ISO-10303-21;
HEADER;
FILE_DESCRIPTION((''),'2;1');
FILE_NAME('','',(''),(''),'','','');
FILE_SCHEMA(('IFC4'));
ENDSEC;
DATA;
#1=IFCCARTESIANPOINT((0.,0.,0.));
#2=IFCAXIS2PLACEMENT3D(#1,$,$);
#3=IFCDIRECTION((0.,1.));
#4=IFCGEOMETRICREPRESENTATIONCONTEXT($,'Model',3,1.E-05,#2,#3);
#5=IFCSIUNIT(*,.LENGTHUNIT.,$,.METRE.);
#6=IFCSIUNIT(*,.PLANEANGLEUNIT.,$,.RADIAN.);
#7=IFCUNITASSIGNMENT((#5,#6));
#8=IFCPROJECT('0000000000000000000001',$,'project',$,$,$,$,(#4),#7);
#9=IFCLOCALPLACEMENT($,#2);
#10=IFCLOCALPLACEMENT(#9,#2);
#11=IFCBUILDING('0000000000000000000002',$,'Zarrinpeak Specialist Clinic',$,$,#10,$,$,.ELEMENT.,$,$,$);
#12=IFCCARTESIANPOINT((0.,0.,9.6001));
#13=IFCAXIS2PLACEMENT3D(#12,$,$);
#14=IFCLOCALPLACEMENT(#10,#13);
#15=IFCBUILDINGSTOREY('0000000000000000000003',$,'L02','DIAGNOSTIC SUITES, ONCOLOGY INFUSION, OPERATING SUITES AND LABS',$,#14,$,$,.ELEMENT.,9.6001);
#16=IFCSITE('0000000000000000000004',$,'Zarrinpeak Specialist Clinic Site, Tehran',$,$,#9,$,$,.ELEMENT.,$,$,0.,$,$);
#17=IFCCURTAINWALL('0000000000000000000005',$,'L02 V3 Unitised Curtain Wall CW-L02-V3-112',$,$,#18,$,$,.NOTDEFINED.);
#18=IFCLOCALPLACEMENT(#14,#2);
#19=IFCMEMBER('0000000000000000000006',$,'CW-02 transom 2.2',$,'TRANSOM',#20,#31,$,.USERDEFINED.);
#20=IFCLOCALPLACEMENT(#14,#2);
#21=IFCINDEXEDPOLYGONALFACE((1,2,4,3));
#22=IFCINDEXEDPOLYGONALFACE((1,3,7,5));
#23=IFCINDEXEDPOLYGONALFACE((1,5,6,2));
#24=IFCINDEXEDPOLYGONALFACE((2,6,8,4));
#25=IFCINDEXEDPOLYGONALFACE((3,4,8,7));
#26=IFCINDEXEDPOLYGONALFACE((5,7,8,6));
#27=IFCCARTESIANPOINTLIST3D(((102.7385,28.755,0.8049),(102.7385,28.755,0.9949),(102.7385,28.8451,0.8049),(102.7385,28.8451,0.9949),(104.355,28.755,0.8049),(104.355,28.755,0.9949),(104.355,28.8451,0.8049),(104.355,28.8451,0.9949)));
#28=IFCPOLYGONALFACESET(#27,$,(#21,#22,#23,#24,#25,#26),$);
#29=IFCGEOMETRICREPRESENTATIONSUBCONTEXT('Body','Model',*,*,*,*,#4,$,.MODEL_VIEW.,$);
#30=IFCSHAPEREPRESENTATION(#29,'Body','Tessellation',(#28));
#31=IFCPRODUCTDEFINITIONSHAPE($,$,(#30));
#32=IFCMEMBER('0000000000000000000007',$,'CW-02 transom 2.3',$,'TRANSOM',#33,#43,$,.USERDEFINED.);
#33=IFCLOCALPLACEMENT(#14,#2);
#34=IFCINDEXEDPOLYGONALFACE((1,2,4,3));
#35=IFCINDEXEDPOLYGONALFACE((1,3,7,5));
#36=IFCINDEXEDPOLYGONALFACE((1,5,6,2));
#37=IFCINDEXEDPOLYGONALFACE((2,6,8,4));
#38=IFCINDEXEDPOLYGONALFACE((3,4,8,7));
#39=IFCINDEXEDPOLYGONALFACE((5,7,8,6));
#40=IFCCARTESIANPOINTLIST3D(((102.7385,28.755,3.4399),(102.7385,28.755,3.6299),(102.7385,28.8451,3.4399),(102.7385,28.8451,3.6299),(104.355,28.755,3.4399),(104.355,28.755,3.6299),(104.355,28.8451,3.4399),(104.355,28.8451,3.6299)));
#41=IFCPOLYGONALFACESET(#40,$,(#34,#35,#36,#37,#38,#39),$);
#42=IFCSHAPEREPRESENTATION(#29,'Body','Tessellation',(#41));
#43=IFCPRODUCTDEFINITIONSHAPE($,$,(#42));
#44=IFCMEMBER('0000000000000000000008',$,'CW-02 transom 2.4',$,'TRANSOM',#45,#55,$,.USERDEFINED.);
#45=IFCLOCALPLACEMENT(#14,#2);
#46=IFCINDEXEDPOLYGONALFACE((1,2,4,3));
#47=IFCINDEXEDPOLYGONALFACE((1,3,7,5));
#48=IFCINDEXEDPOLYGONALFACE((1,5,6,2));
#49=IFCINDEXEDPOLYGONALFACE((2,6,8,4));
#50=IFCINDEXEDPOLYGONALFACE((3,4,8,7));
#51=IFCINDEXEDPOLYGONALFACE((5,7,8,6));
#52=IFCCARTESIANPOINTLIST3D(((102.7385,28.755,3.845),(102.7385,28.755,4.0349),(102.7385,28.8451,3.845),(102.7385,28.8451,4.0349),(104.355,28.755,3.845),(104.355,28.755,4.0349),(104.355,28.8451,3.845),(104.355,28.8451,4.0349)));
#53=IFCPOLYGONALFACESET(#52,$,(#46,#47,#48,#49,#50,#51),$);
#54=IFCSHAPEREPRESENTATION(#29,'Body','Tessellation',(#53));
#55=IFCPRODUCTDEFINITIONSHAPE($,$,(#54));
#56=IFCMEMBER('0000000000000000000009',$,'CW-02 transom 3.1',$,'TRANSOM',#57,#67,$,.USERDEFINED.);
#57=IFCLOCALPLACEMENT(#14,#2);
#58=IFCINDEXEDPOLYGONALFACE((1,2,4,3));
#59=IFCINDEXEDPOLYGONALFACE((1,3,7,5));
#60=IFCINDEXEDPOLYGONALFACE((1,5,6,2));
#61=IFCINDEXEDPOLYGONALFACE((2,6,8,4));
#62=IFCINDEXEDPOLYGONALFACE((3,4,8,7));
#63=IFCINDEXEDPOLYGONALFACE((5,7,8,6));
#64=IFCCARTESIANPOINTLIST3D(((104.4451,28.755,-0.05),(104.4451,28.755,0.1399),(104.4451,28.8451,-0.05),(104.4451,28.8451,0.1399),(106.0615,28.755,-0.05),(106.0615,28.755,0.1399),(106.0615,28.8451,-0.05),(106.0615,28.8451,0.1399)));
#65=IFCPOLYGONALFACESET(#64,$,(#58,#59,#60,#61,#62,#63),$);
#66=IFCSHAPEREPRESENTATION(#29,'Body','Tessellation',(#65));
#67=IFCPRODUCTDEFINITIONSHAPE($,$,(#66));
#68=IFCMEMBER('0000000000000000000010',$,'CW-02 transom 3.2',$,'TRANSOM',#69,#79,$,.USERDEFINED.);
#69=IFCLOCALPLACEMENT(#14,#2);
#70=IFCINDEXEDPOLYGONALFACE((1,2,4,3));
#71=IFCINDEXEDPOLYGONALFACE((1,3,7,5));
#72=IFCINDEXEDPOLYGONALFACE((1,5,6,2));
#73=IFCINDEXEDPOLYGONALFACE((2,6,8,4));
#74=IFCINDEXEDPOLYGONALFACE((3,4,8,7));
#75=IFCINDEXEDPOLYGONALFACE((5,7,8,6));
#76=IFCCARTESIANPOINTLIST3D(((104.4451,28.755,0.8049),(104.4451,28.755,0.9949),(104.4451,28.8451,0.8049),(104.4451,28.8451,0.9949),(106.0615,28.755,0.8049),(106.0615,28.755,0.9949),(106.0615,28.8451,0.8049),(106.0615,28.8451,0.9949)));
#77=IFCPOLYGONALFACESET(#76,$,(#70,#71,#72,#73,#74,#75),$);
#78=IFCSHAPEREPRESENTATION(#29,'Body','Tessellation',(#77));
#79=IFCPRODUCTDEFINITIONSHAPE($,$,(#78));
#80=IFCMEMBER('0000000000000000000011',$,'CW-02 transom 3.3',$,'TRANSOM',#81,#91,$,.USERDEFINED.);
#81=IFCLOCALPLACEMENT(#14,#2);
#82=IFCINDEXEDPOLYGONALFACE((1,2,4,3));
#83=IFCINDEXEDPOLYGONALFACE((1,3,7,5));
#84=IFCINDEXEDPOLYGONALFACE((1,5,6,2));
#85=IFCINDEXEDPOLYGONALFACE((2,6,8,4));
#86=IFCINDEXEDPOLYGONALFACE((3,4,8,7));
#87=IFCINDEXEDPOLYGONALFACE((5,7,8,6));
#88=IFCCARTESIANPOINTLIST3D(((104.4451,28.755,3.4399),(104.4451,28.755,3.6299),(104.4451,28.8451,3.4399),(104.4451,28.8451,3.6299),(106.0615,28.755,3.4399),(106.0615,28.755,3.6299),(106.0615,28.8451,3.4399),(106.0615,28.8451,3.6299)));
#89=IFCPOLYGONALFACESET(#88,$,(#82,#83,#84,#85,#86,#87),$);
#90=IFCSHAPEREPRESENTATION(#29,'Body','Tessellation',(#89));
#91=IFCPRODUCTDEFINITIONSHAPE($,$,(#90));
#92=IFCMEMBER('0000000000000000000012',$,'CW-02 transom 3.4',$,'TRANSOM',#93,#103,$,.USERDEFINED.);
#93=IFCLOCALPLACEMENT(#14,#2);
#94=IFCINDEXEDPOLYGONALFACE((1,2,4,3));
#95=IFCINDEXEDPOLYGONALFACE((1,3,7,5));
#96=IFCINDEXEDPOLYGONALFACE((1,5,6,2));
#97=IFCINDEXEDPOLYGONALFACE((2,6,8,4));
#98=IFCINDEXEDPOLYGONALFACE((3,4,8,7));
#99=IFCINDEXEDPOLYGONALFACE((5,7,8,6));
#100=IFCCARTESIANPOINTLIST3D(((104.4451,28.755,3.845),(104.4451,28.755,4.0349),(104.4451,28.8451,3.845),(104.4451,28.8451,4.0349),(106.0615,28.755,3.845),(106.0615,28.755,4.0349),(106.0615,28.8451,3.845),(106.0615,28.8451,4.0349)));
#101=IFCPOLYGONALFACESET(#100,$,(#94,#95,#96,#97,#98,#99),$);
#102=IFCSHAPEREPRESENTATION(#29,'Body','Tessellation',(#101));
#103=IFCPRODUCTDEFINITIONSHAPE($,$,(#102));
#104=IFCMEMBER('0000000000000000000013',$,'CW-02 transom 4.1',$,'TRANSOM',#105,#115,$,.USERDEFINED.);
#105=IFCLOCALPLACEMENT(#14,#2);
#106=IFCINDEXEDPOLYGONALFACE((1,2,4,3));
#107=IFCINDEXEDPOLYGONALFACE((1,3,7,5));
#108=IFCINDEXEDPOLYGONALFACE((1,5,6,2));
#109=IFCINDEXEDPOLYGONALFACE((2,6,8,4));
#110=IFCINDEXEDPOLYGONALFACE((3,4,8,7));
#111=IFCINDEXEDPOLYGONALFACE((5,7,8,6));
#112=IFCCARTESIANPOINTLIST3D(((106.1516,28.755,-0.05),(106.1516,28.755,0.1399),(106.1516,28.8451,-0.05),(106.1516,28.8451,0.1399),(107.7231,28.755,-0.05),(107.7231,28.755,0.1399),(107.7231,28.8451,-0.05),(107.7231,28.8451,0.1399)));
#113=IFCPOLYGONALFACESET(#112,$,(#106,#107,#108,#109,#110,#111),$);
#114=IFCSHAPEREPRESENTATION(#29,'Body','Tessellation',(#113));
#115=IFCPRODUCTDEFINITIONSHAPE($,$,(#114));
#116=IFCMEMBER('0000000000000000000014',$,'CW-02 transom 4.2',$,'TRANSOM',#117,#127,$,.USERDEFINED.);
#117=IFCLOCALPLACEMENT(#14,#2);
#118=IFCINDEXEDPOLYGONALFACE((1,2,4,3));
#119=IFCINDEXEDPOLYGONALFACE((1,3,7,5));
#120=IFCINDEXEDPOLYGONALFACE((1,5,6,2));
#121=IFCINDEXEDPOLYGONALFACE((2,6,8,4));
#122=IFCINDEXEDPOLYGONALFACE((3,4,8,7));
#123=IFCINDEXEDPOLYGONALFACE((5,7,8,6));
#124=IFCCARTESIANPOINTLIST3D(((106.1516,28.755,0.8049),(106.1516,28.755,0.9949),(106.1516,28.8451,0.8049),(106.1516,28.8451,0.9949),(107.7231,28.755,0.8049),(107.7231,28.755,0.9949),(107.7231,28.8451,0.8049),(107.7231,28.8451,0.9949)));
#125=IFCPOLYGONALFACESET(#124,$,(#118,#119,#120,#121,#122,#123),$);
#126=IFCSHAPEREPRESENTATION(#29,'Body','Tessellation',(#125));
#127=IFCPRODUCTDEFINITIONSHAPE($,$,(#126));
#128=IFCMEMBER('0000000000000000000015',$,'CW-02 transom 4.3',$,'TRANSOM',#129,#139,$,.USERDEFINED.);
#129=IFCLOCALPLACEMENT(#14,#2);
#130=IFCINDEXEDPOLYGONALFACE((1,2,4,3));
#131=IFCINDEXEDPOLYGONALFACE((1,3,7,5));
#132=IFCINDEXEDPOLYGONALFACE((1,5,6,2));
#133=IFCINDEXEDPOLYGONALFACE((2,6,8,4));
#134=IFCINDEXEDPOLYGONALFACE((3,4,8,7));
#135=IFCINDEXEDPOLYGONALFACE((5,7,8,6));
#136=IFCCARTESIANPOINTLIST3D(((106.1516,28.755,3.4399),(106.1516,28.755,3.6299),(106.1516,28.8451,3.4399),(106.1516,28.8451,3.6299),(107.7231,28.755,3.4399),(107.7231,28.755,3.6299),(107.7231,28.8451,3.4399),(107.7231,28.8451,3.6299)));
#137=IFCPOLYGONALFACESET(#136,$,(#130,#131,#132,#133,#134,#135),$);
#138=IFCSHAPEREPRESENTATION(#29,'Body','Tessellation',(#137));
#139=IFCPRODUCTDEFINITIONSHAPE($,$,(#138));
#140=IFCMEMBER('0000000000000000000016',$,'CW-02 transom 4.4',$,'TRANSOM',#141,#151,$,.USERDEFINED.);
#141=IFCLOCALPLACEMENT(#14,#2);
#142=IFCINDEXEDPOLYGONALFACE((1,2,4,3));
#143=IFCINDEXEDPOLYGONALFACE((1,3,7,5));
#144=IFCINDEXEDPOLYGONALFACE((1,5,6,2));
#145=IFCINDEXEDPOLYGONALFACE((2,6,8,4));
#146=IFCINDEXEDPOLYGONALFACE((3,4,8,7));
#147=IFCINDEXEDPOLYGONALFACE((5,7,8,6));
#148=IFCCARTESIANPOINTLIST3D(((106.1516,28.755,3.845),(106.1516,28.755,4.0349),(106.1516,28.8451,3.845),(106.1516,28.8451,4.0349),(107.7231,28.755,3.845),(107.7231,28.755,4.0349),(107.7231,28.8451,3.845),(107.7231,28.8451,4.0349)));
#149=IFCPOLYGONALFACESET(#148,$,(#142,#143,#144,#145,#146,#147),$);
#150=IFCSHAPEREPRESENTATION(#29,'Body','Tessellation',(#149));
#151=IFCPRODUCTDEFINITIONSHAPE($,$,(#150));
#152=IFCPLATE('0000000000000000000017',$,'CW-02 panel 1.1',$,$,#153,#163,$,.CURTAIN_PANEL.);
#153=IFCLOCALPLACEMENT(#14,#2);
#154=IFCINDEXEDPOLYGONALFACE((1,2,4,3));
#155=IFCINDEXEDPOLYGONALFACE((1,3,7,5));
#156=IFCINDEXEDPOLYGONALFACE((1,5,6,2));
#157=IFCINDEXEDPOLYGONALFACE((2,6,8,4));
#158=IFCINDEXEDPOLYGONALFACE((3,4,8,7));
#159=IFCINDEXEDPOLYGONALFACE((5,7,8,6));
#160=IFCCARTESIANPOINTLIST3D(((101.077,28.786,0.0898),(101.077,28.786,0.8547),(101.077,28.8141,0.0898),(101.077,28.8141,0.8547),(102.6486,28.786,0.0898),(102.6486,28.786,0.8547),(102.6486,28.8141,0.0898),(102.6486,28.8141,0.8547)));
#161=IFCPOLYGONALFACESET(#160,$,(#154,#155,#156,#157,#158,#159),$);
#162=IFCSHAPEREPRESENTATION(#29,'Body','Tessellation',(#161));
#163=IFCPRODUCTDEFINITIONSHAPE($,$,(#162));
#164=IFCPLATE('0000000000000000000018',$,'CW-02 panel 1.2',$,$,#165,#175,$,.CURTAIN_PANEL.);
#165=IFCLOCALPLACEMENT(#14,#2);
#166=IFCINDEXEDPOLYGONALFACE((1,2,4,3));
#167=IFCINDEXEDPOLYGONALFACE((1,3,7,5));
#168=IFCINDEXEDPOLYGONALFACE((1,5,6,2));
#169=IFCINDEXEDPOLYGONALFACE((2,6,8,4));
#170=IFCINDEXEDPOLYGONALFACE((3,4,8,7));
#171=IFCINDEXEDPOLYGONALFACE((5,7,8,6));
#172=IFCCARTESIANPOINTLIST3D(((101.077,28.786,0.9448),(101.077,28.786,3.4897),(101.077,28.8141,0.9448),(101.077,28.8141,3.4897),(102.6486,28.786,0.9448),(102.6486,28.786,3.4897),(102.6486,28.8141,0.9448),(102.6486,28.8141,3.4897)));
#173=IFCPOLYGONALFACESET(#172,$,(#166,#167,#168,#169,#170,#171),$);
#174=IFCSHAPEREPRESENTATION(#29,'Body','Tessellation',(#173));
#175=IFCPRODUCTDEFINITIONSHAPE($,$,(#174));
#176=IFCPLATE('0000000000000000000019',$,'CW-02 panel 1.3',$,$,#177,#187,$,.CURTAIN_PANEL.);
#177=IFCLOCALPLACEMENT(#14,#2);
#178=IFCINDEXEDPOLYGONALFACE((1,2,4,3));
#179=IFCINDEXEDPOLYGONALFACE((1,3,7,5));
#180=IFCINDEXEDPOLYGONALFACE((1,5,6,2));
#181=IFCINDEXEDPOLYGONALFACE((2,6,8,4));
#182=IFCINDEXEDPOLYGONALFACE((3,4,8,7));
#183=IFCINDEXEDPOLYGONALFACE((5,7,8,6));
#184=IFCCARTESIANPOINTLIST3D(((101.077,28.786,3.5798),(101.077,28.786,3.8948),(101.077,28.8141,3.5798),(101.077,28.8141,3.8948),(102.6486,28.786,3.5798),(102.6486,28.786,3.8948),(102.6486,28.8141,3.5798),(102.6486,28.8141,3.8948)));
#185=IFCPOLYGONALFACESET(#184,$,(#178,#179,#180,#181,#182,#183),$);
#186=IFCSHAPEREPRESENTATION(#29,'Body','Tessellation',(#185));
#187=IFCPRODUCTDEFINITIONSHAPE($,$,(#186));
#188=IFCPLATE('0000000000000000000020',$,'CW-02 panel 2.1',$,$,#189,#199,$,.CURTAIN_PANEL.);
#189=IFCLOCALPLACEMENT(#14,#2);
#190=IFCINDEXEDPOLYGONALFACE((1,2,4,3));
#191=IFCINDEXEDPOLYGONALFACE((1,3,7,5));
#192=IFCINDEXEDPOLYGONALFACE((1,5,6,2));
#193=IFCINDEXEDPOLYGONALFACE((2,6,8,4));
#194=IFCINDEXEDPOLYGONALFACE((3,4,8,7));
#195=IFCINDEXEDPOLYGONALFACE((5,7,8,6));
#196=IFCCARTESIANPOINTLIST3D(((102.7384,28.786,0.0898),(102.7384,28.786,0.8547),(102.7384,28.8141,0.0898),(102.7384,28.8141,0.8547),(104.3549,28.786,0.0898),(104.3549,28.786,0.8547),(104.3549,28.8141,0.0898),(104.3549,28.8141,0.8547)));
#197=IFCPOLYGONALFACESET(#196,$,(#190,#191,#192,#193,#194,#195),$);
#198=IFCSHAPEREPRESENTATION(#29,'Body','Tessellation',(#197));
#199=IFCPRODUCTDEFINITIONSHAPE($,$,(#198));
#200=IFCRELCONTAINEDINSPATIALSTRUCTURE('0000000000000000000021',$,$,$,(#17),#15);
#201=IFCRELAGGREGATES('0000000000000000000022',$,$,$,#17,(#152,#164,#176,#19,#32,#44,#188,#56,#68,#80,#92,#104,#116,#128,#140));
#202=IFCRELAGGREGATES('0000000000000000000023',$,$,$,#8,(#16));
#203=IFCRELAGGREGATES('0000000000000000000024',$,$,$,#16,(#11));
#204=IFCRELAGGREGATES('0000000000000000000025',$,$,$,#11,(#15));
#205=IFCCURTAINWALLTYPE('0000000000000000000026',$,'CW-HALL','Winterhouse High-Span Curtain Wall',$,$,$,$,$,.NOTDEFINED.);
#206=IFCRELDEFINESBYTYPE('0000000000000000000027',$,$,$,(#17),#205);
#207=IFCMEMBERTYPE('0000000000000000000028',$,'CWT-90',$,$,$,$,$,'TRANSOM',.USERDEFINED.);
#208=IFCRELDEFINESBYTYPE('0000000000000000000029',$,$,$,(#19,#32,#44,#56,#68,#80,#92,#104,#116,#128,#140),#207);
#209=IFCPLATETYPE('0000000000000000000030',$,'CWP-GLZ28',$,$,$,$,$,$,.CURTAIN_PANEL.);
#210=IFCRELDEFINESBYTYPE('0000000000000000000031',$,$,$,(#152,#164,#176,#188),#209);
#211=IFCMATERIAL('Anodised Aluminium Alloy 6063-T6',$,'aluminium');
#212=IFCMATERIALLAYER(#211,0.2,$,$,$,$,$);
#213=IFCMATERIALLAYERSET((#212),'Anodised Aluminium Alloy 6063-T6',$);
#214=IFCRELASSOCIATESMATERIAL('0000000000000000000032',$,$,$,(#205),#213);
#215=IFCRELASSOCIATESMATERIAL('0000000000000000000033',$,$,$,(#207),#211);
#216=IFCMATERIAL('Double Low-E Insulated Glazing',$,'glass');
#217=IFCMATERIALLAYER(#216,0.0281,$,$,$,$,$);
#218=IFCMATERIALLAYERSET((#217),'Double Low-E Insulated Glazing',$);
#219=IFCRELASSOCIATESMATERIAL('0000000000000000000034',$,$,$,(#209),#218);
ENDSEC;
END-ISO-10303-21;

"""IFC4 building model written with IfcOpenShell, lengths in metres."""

from ifc_helpers import new_model, si_unit, direction, frame, origin, origin_2d, place, context, subcontext, project, spatial, rectangle, extrude, material, layer, layer_set, material_profile, profile_set, type_object, element, aggregate, save


model = new_model("IFC4")

# Units and contexts
model_context = context("Model", 3, precision=1e-05, world=origin(), true_north=direction((0.0, 1.0)))
body_context = subcontext(model_context, "Body", "Model", "MODEL_VIEW")
ifc_project = project(units=[si_unit("LENGTHUNIT", "METRE"), si_unit("PLANEANGLEUNIT", "RADIAN")], contexts=[model_context])

# Site, building, storey
site_placement = place(None, origin())
site = spatial("IfcSite", under=ifc_project, at=site_placement, Name="Zarrinpeak Specialist Clinic Site, Tehran", CompositionType="ELEMENT", RefElevation=0.0)
building_placement = place(site_placement, origin())
building = spatial("IfcBuilding", under=site, at=building_placement, Name="Zarrinpeak Specialist Clinic", CompositionType="ELEMENT")
storey_placement = place(building_placement, frame((0.0, 0.0, 9.6001)))
storey = spatial("IfcBuildingStorey", under=building, at=storey_placement, Name="L02", Description="DIAGNOSTIC SUITES, ONCOLOGY INFUSION, OPERATING SUITES AND LABS", CompositionType="ELEMENT", Elevation=9.6001)

# Curtain wall, members, plates
ifc_material_1 = material(Name="Anodised Aluminium Alloy 6063-T6", Category="aluminium")
ifc_layer_1 = layer(ifc_material_1, 0.2)
ifc_layer_set_1 = layer_set([ifc_layer_1], Name="Anodised Aluminium Alloy 6063-T6")
curtain_wall_type = type_object("IfcCurtainWallType", Name="CW-HALL", Description="Winterhouse High-Span Curtain Wall", PredefinedType="NOTDEFINED", material=ifc_layer_set_1)
curtain_wall_placement = place(storey_placement, origin())
curtain_wall = element("IfcCurtainWall", 1, at=curtain_wall_placement, inside=storey, type_object=curtain_wall_type, Name="L02 V3 Unitised Curtain Wall CW-L02-V3-112", PredefinedType="NOTDEFINED")
ifc_material_profile_1 = material_profile(ifc_material_1, rectangle(XDim=0.0901, YDim=0.1899, at=origin_2d()), Name="ALU 90x190")
ifc_profile_set_1 = profile_set([ifc_material_profile_1], Name="Anodised Aluminium Alloy 6063-T6")
member_type_1 = type_object("IfcMemberType", Name="CWT-90", ElementType="TRANSOM", PredefinedType="USERDEFINED", material=ifc_profile_set_1)
member_1_placement = place(storey_placement, frame((102.7385, 28.8, 0.8999), z_axis=(1.0, 0.0, 0.0), x_axis=(0.0, 1.0, 0.0)))
member_1 = element("IfcMember", 2, at=member_1_placement, type_object=member_type_1, Name="CW-02 transom 2.2", ObjectType="TRANSOM", PredefinedType="USERDEFINED", context=body_context, shape_type="SweptSolid", body=[
    extrude(rectangle(XDim=0.0901, YDim=0.1899, at=origin_2d()), origin(), (0.0, 0.0, 1.0), 1.6165),
])
member_2_placement = place(storey_placement, frame((102.7385, 28.8, 3.5349), z_axis=(1.0, 0.0, 0.0), x_axis=(0.0, 1.0, 0.0)))
member_2 = element("IfcMember", 3, at=member_2_placement, type_object=member_type_1, Name="CW-02 transom 2.3", ObjectType="TRANSOM", PredefinedType="USERDEFINED", context=body_context, shape_type="SweptSolid", body=[
    extrude(rectangle(XDim=0.0901, YDim=0.1899, at=origin_2d()), origin(), (0.0, 0.0, 1.0), 1.6165),
])
member_3_placement = place(storey_placement, frame((102.7385, 28.8, 3.9399), z_axis=(1.0, 0.0, 0.0), x_axis=(0.0, 1.0, 0.0)))
member_3 = element("IfcMember", 4, at=member_3_placement, type_object=member_type_1, Name="CW-02 transom 2.4", ObjectType="TRANSOM", PredefinedType="USERDEFINED", context=body_context, shape_type="SweptSolid", body=[
    extrude(rectangle(XDim=0.0901, YDim=0.1899, at=origin_2d()), origin(), (0.0, 0.0, 1.0), 1.6165),
])
member_4_placement = place(storey_placement, frame((104.4451, 28.8, 0.0449), z_axis=(1.0, 0.0, 0.0), x_axis=(0.0, 1.0, 0.0)))
member_4 = element("IfcMember", 5, at=member_4_placement, type_object=member_type_1, Name="CW-02 transom 3.1", ObjectType="TRANSOM", PredefinedType="USERDEFINED", context=body_context, shape_type="SweptSolid", body=[
    extrude(rectangle(XDim=0.0901, YDim=0.1899, at=origin_2d()), origin(), (0.0, 0.0, 1.0), 1.6165),
])
member_5_placement = place(storey_placement, frame((104.4451, 28.8, 0.8999), z_axis=(1.0, 0.0, 0.0), x_axis=(0.0, 1.0, 0.0)))
member_5 = element("IfcMember", 6, at=member_5_placement, type_object=member_type_1, Name="CW-02 transom 3.2", ObjectType="TRANSOM", PredefinedType="USERDEFINED", context=body_context, shape_type="SweptSolid", body=[
    extrude(rectangle(XDim=0.0901, YDim=0.1899, at=origin_2d()), origin(), (0.0, 0.0, 1.0), 1.6165),
])
member_6_placement = place(storey_placement, frame((104.4451, 28.8, 3.5349), z_axis=(1.0, 0.0, 0.0), x_axis=(0.0, 1.0, 0.0)))
member_6 = element("IfcMember", 7, at=member_6_placement, type_object=member_type_1, Name="CW-02 transom 3.3", ObjectType="TRANSOM", PredefinedType="USERDEFINED", context=body_context, shape_type="SweptSolid", body=[
    extrude(rectangle(XDim=0.0901, YDim=0.1899, at=origin_2d()), origin(), (0.0, 0.0, 1.0), 1.6165),
])
member_7_placement = place(storey_placement, frame((104.4451, 28.8, 3.9399), z_axis=(1.0, 0.0, 0.0), x_axis=(0.0, 1.0, 0.0)))
member_7 = element("IfcMember", 8, at=member_7_placement, type_object=member_type_1, Name="CW-02 transom 3.4", ObjectType="TRANSOM", PredefinedType="USERDEFINED", context=body_context, shape_type="SweptSolid", body=[
    extrude(rectangle(XDim=0.0901, YDim=0.1899, at=origin_2d()), origin(), (0.0, 0.0, 1.0), 1.6165),
])
member_8_placement = place(storey_placement, frame((106.1516, 28.8, 0.0449), z_axis=(1.0, 0.0, 0.0), x_axis=(0.0, 1.0, 0.0)))
member_8 = element("IfcMember", 9, at=member_8_placement, type_object=member_type_1, Name="CW-02 transom 4.1", ObjectType="TRANSOM", PredefinedType="USERDEFINED", context=body_context, shape_type="SweptSolid", body=[
    extrude(rectangle(XDim=0.0901, YDim=0.1899, at=origin_2d()), origin(), (0.0, 0.0, 1.0), 1.5715),
])
member_9_placement = place(storey_placement, frame((106.1516, 28.8, 0.8999), z_axis=(1.0, 0.0, 0.0), x_axis=(0.0, 1.0, 0.0)))
member_9 = element("IfcMember", 10, at=member_9_placement, type_object=member_type_1, Name="CW-02 transom 4.2", ObjectType="TRANSOM", PredefinedType="USERDEFINED", context=body_context, shape_type="SweptSolid", body=[
    extrude(rectangle(XDim=0.0901, YDim=0.1899, at=origin_2d()), origin(), (0.0, 0.0, 1.0), 1.5715),
])
member_10_placement = place(storey_placement, frame((106.1516, 28.8, 3.5349), z_axis=(1.0, 0.0, 0.0), x_axis=(0.0, 1.0, 0.0)))
member_10 = element("IfcMember", 11, at=member_10_placement, type_object=member_type_1, Name="CW-02 transom 4.3", ObjectType="TRANSOM", PredefinedType="USERDEFINED", context=body_context, shape_type="SweptSolid", body=[
    extrude(rectangle(XDim=0.0901, YDim=0.1899, at=origin_2d()), origin(), (0.0, 0.0, 1.0), 1.5715),
])
member_11_placement = place(storey_placement, frame((106.1516, 28.8, 3.9399), z_axis=(1.0, 0.0, 0.0), x_axis=(0.0, 1.0, 0.0)))
member_11 = element("IfcMember", 12, at=member_11_placement, type_object=member_type_1, Name="CW-02 transom 4.4", ObjectType="TRANSOM", PredefinedType="USERDEFINED", context=body_context, shape_type="SweptSolid", body=[
    extrude(rectangle(XDim=0.0901, YDim=0.1899, at=origin_2d()), origin(), (0.0, 0.0, 1.0), 1.5715),
])
ifc_material_2 = material(Name="Double Low-E Insulated Glazing", Category="glass")
ifc_layer_2 = layer(ifc_material_2, 0.0281)
ifc_layer_set_2 = layer_set([ifc_layer_2], Name="Double Low-E Insulated Glazing")
plate_type_1 = type_object("IfcPlateType", Name="CWP-GLZ28", PredefinedType="CURTAIN_PANEL", material=ifc_layer_set_2)
plate_1_placement = place(storey_placement, frame((101.8628, 28.8, 0.0898), z_axis=(0.0, 0.0, 1.0), x_axis=(1.0, 0.0, 0.0)))
plate_1 = element("IfcPlate", 13, at=plate_1_placement, type_object=plate_type_1, Name="CW-02 panel 1.1", PredefinedType="CURTAIN_PANEL", context=body_context, shape_type="SweptSolid", body=[
    extrude(rectangle(XDim=1.5715, YDim=0.0281, at=origin_2d()), origin(), (0.0, 0.0, 1.0), 0.7649),
])
plate_2_placement = place(storey_placement, frame((101.8628, 28.8, 0.9448), z_axis=(0.0, 0.0, 1.0), x_axis=(1.0, 0.0, 0.0)))
plate_2 = element("IfcPlate", 14, at=plate_2_placement, type_object=plate_type_1, Name="CW-02 panel 1.2", PredefinedType="CURTAIN_PANEL", context=body_context, shape_type="SweptSolid", body=[
    extrude(rectangle(XDim=1.5715, YDim=0.0281, at=origin_2d()), origin(), (0.0, 0.0, 1.0), 2.5449),
])
plate_3_placement = place(storey_placement, frame((101.8628, 28.8, 3.5798), z_axis=(0.0, 0.0, 1.0), x_axis=(1.0, 0.0, 0.0)))
plate_3 = element("IfcPlate", 15, at=plate_3_placement, type_object=plate_type_1, Name="CW-02 panel 1.3", PredefinedType="CURTAIN_PANEL", context=body_context, shape_type="SweptSolid", body=[
    extrude(rectangle(XDim=1.5715, YDim=0.0281, at=origin_2d()), origin(), (0.0, 0.0, 1.0), 0.3149),
])
plate_4_placement = place(storey_placement, frame((103.5466, 28.8, 0.0898), z_axis=(0.0, 0.0, 1.0), x_axis=(1.0, 0.0, 0.0)))
plate_4 = element("IfcPlate", 16, at=plate_4_placement, type_object=plate_type_1, Name="CW-02 panel 2.1", PredefinedType="CURTAIN_PANEL", context=body_context, shape_type="SweptSolid", body=[
    extrude(rectangle(XDim=1.6165, YDim=0.0281, at=origin_2d()), origin(), (0.0, 0.0, 1.0), 0.7649),
])
aggregate(curtain_wall, [plate_1, plate_2, plate_3, member_1, member_2, member_3, plate_4, member_4, member_5, member_6, member_7, member_8, member_9, member_10, member_11])

save(model, "model.ifc")
